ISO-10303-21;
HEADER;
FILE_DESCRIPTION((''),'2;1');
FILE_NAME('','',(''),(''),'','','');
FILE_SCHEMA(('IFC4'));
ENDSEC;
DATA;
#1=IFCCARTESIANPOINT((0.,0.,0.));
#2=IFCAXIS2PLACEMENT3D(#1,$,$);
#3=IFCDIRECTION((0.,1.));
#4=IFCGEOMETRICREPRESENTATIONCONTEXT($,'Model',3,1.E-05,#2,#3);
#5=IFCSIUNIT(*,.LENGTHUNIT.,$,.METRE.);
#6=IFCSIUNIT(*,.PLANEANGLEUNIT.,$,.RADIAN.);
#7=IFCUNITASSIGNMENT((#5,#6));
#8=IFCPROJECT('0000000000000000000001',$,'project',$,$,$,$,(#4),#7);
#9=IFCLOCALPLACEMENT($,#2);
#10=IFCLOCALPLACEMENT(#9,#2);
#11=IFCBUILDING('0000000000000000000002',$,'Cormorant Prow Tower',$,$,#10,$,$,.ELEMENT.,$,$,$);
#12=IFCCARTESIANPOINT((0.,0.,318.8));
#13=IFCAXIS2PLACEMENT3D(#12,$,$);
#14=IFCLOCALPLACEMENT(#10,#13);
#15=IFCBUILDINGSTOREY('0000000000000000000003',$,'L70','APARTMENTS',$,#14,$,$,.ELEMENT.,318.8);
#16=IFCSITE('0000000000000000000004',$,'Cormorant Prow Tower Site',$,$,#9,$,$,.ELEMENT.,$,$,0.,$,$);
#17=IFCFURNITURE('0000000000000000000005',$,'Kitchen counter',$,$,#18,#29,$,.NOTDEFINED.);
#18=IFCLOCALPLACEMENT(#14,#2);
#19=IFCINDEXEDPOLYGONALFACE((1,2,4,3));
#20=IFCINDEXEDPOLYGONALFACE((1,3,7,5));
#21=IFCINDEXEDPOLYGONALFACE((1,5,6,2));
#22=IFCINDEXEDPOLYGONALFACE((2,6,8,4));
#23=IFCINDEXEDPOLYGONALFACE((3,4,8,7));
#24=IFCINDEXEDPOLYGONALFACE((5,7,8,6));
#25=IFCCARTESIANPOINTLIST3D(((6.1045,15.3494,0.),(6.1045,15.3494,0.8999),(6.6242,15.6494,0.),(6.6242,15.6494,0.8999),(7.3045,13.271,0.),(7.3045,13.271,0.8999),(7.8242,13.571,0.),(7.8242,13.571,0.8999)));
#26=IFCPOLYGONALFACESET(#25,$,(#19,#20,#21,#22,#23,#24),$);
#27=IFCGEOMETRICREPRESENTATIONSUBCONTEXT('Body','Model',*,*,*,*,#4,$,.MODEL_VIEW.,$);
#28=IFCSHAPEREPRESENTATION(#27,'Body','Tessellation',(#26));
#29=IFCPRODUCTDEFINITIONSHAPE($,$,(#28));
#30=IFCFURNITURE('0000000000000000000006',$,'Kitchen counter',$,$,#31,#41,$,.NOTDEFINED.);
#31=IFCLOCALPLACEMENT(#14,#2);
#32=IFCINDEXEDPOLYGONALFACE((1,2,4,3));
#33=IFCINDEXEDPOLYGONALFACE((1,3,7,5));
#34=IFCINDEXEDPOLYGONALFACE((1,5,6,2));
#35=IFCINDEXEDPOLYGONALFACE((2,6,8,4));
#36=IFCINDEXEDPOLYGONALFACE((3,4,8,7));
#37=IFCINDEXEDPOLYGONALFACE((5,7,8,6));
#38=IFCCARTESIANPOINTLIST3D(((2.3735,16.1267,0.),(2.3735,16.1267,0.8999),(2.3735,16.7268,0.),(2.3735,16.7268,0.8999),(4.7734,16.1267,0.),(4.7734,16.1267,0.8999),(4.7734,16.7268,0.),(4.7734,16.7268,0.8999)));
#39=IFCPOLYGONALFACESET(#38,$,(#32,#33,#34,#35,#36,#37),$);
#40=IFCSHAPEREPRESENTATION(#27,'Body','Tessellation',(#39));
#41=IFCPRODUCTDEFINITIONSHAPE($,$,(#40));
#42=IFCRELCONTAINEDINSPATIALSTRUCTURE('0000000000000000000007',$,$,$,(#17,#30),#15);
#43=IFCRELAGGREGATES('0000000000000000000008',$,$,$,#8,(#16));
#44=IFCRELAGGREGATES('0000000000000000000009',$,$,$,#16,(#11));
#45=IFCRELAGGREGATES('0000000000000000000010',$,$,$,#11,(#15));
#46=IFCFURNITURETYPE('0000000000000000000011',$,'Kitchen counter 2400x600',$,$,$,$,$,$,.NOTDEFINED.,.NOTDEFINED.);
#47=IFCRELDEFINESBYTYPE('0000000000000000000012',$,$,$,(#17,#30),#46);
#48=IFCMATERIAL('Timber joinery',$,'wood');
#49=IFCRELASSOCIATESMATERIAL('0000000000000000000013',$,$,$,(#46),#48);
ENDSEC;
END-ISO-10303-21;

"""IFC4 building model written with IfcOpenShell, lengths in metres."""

from ifc_helpers import new_model, si_unit, direction, frame, origin, origin_2d, place, context, subcontext, project, spatial, rectangle, extrude, material, type_object, element, save


model = new_model("IFC4")

# Units and contexts
model_context = context("Model", 3, precision=1e-05, world=origin(), true_north=direction((0.0, 1.0)))
body_context = subcontext(model_context, "Body", "Model", "MODEL_VIEW")
ifc_project = project(units=[si_unit("LENGTHUNIT", "METRE"), si_unit("PLANEANGLEUNIT", "RADIAN")], contexts=[model_context])

# Site, building, storey
site_placement = place(None, origin())
site = spatial("IfcSite", under=ifc_project, at=site_placement, Name="Cormorant Prow Tower Site", CompositionType="ELEMENT", RefElevation=0.0)
building_placement = place(site_placement, origin())
building = spatial("IfcBuilding", under=site, at=building_placement, Name="Cormorant Prow Tower", CompositionType="ELEMENT")
storey_placement = place(building_placement, frame((0.0, 0.0, 318.8)))
storey = spatial("IfcBuildingStorey", under=building, at=storey_placement, Name="L70", Description="APARTMENTS", CompositionType="ELEMENT", Elevation=318.8)

# Furniture
ifc_material_1 = material(Name="Timber joinery", Category="wood")
furniture_type = type_object("IfcFurnitureType", Name="Kitchen counter 2400x600", AssemblyPlace="NOTDEFINED", PredefinedType="NOTDEFINED", material=ifc_material_1)
for number, where, z_axis, x_axis, name in (
    (1, (6.9644, 14.4602, 0.0), (0.0, 0.0, 1.0), (0.5, -0.866025, 0.0), "Kitchen counter"),
    (2, (3.5735, 16.4268, 0.0), (0.0, 0.0, 1.0), (1.0, 0.0, 0.0), "Kitchen counter"),
):
    element("IfcFurniture", number, at=place(storey_placement, frame(where, z_axis=z_axis, x_axis=x_axis)), inside=storey, type_object=furniture_type, Name=name, PredefinedType="NOTDEFINED", context=body_context, shape_type="SweptSolid", body=[
        extrude(rectangle(XDim=2.3999, YDim=0.6001, at=origin_2d()), origin(), (0.0, 0.0, 1.0), 0.8999),
    ])

save(model, "model.ifc")
